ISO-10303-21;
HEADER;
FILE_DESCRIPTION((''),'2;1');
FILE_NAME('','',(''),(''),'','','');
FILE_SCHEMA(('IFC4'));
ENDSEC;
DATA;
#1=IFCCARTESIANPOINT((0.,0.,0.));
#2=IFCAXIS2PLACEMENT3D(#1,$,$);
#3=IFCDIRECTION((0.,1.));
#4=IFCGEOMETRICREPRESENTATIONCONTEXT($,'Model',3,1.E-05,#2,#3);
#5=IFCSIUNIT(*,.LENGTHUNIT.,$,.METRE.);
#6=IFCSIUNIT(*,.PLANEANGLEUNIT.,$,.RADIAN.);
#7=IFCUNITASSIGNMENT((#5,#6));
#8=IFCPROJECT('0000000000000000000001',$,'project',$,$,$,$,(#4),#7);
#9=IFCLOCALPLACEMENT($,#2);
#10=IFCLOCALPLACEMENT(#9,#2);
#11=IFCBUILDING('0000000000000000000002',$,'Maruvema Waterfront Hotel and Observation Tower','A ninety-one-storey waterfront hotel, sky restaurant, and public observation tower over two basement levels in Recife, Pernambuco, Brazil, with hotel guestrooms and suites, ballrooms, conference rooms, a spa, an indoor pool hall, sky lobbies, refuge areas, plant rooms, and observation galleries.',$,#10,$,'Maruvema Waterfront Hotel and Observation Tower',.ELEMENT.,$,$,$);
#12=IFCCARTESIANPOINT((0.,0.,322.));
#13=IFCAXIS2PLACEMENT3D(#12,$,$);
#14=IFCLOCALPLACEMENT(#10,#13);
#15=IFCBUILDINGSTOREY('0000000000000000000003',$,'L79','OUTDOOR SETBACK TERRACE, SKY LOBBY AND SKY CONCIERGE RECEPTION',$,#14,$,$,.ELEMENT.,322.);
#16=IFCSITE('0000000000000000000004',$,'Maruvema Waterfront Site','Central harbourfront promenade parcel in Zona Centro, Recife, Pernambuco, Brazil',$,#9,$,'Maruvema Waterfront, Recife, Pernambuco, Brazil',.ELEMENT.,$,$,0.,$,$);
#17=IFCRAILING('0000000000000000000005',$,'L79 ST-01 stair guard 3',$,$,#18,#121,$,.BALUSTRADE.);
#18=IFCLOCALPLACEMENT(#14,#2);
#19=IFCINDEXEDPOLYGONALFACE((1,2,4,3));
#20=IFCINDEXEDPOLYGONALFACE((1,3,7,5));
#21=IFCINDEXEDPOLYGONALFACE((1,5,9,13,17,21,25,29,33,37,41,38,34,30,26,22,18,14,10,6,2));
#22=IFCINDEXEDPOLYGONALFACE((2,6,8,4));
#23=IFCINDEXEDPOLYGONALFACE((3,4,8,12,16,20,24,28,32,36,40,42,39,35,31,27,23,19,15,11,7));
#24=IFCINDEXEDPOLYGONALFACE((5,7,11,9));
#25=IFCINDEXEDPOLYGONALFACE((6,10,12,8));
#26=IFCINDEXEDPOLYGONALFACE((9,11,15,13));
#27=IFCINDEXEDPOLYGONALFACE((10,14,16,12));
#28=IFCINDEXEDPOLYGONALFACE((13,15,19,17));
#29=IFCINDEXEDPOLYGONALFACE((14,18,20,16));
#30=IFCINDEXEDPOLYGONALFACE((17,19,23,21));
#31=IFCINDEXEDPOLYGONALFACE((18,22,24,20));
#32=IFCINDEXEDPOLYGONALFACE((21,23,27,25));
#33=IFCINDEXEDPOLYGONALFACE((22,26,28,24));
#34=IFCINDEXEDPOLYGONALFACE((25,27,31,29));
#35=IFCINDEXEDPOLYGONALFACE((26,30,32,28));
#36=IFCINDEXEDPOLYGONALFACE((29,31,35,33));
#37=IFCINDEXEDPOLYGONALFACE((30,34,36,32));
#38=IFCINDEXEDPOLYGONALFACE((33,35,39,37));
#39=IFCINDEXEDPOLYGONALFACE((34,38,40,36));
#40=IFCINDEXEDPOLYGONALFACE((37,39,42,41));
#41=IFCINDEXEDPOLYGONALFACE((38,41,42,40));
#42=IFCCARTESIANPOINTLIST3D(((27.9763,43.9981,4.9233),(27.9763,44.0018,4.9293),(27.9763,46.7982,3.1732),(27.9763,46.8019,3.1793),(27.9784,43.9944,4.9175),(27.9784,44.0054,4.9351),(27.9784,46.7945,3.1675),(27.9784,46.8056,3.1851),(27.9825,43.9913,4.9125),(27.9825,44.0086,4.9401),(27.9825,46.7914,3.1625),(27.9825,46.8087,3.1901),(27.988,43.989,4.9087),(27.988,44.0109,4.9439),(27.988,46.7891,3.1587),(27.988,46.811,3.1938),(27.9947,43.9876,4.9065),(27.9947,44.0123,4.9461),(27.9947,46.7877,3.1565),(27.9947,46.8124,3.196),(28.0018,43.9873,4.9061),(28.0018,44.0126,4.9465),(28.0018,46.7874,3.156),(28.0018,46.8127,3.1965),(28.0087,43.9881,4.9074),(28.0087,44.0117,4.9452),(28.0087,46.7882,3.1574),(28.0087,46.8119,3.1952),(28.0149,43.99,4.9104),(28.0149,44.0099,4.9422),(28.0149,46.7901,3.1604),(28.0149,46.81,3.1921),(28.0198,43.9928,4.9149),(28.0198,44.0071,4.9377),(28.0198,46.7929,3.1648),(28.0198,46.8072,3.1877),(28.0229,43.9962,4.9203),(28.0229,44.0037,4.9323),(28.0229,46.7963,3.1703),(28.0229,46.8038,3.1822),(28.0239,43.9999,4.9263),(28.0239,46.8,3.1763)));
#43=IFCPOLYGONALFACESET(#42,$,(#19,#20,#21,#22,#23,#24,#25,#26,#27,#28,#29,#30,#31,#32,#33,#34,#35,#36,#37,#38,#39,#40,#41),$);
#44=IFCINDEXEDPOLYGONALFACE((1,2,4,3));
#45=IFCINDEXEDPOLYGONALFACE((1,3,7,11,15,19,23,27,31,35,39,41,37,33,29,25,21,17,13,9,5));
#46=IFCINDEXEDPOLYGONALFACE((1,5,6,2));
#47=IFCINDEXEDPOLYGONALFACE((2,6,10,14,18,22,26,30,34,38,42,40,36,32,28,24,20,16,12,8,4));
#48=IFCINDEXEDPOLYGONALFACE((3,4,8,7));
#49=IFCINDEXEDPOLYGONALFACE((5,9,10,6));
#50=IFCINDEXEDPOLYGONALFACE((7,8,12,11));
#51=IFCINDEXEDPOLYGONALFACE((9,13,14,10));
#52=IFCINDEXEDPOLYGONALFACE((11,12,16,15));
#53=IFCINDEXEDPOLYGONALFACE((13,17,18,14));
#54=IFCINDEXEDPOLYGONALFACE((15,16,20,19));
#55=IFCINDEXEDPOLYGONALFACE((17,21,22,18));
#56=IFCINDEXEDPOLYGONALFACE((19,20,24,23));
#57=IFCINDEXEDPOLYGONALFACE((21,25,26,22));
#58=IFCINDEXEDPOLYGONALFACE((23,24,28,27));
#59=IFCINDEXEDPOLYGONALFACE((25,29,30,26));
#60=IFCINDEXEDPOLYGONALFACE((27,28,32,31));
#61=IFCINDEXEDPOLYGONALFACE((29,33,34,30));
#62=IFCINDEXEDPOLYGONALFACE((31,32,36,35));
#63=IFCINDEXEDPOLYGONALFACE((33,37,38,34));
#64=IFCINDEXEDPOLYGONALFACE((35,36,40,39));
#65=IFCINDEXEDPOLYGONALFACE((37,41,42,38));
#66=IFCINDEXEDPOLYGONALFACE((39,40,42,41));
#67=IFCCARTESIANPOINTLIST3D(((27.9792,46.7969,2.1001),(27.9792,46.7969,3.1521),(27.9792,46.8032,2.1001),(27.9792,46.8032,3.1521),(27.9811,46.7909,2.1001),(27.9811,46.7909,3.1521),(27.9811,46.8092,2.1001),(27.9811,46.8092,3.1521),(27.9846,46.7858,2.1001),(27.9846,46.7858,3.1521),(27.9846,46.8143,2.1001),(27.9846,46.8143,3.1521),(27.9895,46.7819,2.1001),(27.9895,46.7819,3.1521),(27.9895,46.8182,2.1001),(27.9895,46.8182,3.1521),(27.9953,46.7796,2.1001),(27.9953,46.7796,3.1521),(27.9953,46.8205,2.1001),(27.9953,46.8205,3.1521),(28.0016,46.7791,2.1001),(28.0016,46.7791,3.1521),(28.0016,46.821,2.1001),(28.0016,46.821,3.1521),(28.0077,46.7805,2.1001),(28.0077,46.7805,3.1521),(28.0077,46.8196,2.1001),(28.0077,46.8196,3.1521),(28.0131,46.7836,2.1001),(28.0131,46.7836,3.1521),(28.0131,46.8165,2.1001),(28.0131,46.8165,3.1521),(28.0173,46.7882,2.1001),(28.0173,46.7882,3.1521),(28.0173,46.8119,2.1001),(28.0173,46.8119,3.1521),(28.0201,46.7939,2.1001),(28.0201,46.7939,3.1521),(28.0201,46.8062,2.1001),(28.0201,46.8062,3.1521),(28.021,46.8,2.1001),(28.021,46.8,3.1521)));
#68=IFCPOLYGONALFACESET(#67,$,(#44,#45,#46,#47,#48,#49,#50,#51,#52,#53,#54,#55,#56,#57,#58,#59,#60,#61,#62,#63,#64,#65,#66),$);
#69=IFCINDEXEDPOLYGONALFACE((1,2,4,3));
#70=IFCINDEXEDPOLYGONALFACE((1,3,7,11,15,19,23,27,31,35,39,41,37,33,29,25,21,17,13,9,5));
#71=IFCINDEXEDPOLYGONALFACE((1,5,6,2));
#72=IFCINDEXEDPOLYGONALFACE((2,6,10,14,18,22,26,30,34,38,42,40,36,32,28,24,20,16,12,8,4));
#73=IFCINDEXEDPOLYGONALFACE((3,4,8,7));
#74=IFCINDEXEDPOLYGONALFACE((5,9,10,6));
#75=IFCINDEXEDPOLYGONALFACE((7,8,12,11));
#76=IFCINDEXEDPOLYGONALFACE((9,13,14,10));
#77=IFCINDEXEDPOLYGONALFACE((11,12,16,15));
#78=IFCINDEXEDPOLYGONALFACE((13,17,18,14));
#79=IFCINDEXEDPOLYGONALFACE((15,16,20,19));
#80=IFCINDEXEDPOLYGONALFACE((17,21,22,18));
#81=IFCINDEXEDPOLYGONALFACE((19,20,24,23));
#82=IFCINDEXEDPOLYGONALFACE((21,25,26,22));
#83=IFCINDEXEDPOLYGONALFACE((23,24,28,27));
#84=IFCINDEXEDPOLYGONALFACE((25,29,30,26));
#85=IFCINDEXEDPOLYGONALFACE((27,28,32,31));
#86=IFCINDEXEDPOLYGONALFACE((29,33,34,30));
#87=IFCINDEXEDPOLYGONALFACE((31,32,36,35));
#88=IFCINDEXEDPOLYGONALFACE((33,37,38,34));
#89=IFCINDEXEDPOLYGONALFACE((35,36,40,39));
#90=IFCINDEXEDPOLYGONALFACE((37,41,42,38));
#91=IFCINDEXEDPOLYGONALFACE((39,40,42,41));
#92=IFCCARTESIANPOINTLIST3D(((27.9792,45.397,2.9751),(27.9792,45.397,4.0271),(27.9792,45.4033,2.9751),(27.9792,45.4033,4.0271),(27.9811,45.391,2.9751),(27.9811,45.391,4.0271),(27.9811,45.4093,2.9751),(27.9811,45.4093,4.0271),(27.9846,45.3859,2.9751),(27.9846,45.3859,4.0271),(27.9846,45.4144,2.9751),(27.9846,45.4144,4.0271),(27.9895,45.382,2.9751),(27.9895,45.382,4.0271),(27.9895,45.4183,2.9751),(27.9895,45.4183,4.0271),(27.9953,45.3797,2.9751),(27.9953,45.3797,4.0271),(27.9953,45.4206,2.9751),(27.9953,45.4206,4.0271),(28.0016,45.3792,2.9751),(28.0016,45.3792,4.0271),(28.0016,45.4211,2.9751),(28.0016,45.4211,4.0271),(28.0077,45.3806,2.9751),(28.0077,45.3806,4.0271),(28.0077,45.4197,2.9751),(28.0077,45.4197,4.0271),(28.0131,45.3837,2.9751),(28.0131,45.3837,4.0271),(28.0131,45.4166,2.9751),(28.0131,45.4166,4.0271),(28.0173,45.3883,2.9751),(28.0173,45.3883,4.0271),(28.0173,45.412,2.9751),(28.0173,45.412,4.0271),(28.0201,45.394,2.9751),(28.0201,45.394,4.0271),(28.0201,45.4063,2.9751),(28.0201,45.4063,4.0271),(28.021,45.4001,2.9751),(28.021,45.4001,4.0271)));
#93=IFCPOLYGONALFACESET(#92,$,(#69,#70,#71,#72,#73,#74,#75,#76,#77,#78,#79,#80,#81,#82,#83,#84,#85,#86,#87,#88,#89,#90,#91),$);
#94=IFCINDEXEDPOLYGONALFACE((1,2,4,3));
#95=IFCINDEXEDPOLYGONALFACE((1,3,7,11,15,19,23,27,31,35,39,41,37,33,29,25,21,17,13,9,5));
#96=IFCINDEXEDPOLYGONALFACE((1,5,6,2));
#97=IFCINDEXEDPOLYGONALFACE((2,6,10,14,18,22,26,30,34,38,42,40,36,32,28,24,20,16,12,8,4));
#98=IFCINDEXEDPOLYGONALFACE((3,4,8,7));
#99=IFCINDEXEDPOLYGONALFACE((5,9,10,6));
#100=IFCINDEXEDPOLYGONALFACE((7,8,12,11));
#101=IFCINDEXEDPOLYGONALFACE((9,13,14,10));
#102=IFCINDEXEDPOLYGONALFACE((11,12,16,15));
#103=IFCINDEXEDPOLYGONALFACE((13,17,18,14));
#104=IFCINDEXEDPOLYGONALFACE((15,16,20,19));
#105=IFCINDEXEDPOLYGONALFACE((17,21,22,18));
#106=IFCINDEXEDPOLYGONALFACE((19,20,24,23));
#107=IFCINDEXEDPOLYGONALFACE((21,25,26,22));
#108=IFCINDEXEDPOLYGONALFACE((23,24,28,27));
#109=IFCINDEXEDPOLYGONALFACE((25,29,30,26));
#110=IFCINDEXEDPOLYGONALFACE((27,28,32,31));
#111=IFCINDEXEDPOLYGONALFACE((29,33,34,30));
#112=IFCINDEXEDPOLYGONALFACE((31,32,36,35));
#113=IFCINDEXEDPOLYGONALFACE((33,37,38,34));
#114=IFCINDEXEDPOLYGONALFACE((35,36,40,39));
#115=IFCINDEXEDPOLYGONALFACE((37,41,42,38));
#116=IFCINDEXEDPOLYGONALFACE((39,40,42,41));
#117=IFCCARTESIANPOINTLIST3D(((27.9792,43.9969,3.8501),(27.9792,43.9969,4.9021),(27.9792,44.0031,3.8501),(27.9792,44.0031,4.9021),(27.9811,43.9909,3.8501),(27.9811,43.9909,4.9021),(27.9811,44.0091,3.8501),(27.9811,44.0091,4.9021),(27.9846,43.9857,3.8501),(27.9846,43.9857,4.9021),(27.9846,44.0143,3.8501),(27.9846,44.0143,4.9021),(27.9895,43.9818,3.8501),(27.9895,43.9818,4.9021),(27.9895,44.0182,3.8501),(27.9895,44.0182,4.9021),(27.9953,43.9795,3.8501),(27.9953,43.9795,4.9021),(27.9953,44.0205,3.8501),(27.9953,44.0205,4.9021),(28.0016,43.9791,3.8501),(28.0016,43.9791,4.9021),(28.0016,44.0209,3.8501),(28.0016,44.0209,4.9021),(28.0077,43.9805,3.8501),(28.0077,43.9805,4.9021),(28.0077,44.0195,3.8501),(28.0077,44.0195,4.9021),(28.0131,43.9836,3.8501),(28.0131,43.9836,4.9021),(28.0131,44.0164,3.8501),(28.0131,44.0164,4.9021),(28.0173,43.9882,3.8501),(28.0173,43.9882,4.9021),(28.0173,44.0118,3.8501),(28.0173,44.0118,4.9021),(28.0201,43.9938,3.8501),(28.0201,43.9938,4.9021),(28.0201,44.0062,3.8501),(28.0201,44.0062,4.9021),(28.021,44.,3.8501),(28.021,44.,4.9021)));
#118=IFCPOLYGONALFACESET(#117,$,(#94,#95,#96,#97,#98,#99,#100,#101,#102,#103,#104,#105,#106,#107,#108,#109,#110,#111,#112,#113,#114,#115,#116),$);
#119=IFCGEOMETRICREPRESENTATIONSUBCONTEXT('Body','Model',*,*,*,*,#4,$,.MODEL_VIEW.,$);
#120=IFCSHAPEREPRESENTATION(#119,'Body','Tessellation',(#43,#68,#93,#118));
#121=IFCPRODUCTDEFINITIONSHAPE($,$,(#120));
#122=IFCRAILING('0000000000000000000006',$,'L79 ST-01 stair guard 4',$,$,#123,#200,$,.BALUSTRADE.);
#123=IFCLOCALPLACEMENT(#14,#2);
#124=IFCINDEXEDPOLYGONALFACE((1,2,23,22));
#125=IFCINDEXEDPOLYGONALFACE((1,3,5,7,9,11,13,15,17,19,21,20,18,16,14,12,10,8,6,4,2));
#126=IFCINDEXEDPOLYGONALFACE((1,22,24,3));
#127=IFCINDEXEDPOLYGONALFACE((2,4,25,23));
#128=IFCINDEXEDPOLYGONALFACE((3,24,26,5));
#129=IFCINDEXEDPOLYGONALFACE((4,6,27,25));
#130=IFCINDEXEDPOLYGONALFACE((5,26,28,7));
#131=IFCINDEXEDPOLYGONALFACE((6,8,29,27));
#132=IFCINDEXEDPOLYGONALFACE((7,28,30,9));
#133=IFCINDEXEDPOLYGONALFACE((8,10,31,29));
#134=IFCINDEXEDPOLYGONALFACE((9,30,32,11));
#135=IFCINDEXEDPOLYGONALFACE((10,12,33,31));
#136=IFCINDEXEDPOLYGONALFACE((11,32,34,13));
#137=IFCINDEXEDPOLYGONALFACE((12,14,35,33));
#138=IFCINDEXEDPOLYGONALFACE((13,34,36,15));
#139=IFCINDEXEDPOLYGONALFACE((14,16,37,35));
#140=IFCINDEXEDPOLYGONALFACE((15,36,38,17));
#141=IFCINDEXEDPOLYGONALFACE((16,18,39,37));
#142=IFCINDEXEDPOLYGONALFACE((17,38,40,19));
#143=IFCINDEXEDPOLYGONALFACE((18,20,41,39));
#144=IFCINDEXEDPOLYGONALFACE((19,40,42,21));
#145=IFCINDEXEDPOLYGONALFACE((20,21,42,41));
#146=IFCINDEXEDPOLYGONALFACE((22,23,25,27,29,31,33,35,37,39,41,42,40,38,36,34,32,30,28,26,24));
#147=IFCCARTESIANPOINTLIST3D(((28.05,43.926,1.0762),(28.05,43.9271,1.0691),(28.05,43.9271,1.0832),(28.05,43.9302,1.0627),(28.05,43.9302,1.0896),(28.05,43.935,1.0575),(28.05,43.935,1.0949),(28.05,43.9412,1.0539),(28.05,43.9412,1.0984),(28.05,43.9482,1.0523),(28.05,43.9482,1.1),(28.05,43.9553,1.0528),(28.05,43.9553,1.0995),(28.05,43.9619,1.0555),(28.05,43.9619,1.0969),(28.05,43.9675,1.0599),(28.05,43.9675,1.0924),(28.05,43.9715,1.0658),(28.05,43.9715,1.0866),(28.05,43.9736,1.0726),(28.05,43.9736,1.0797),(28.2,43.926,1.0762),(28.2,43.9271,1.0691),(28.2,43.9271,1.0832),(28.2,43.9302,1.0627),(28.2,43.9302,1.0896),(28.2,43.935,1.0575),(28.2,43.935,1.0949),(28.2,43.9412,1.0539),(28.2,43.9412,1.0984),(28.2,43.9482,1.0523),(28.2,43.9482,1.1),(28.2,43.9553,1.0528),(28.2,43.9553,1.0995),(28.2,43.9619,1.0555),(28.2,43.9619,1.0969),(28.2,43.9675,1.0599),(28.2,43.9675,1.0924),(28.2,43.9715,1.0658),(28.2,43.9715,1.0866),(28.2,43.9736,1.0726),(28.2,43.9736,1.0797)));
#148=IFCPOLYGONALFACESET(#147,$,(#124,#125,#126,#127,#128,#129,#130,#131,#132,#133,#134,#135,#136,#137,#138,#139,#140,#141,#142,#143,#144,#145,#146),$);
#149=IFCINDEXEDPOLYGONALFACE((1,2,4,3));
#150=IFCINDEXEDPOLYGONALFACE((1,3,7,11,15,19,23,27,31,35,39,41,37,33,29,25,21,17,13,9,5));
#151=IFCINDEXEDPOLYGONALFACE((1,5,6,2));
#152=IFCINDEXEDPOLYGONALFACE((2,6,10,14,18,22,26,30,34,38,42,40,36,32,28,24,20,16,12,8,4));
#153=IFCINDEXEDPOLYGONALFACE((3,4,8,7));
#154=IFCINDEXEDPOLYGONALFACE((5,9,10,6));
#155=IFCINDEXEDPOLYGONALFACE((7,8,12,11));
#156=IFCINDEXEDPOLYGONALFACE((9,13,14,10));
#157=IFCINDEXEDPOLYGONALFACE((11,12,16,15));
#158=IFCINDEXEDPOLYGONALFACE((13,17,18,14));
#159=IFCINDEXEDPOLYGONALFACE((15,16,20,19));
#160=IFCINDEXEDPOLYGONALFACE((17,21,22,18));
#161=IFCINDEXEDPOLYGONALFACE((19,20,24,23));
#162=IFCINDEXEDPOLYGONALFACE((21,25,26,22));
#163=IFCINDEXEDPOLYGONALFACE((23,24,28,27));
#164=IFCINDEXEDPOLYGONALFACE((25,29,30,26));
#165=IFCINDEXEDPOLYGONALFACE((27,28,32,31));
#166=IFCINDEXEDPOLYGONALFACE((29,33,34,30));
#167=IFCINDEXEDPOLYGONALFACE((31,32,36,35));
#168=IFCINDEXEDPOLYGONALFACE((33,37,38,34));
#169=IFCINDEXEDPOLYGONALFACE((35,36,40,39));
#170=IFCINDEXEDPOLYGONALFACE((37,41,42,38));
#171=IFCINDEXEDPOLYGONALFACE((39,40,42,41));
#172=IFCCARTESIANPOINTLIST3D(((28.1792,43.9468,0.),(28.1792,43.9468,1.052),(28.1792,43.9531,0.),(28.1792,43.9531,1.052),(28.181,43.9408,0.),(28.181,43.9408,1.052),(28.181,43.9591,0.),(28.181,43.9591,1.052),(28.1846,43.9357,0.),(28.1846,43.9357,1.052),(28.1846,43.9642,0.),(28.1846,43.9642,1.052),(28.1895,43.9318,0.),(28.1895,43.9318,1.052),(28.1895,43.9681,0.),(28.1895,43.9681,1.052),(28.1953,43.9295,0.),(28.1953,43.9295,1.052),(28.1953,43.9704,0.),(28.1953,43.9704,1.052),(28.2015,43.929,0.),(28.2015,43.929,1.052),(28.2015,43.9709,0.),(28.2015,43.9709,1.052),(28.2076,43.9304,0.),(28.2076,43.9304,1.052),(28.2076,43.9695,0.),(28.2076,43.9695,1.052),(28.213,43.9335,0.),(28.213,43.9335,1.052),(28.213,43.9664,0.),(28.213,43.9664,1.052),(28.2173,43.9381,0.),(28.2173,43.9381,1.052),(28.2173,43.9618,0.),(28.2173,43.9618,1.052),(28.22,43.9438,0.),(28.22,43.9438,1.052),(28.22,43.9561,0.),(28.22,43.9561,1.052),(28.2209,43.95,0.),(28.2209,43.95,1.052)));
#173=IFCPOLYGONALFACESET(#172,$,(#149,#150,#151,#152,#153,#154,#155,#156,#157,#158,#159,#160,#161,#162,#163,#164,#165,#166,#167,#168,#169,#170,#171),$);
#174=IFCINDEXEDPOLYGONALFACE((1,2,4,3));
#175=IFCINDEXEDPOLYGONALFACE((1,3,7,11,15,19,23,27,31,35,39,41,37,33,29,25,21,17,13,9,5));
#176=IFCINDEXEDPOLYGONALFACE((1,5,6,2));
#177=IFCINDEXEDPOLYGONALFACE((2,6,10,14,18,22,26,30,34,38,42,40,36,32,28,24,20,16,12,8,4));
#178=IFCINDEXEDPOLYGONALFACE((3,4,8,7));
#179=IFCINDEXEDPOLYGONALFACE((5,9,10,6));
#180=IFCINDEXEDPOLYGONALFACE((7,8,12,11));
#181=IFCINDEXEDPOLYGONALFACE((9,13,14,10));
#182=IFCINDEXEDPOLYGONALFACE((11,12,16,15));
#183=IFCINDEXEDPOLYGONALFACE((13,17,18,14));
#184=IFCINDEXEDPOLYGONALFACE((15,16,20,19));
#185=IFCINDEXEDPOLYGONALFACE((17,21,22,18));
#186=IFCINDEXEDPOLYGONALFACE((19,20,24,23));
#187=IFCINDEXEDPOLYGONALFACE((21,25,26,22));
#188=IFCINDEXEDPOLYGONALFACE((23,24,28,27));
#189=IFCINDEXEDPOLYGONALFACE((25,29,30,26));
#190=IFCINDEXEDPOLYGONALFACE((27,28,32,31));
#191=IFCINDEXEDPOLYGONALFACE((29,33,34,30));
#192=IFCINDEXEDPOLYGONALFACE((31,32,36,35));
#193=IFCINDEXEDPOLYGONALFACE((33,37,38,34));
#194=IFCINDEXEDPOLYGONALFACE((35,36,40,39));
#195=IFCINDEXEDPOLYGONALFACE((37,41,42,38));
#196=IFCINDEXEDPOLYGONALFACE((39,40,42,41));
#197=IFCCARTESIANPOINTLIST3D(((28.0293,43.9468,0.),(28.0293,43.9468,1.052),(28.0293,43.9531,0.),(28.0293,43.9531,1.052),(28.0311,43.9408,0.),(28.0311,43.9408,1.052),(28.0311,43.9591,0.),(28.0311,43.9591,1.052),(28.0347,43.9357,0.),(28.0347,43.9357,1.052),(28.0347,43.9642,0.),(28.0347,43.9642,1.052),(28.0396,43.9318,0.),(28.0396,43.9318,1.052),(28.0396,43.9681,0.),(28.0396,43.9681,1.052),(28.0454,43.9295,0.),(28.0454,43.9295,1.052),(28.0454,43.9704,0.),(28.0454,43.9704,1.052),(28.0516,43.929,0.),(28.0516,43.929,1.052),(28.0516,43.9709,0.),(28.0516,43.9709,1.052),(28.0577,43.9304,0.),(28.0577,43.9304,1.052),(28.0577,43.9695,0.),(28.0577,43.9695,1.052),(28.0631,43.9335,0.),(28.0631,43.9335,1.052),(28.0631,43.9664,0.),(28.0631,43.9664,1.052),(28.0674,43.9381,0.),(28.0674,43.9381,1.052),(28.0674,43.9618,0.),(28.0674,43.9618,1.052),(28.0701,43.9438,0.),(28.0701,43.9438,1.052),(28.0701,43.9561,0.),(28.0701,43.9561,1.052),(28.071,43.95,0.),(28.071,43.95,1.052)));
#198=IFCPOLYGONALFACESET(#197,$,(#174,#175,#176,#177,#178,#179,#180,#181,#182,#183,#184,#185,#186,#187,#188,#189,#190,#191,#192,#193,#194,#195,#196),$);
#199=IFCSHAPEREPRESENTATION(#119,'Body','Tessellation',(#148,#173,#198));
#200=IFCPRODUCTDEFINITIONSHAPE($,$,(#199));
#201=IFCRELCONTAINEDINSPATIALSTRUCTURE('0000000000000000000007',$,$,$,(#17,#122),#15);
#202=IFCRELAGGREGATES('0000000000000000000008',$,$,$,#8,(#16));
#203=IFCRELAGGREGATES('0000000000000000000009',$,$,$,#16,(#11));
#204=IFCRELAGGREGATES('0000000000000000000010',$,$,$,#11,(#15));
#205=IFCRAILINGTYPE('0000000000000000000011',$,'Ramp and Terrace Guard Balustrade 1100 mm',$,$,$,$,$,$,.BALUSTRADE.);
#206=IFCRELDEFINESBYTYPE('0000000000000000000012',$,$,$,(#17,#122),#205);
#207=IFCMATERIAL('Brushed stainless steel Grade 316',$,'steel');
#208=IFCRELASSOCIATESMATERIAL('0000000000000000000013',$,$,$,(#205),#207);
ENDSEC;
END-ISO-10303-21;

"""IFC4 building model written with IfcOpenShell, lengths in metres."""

from ifc_helpers import new_model, si_unit, direction, frame, origin, origin_2d, place, context, subcontext, project, spatial, circle, extrude, material, type_object, element, save


model = new_model("IFC4")

# Units and contexts
model_context = context("Model", 3, precision=1e-05, world=origin(), true_north=direction((0.0, 1.0)))
body_context = subcontext(model_context, "Body", "Model", "MODEL_VIEW")
ifc_project = project(units=[si_unit("LENGTHUNIT", "METRE"), si_unit("PLANEANGLEUNIT", "RADIAN")], contexts=[model_context])

# Site, building, storey
site_placement = place(None, origin())
site = spatial("IfcSite", under=ifc_project, at=site_placement, Name="Maruvema Waterfront Site", Description="Central harbourfront promenade parcel in Zona Centro, Recife, Pernambuco, Brazil", LongName="Maruvema Waterfront, Recife, Pernambuco, Brazil", CompositionType="ELEMENT", RefElevation=0.0)
building_placement = place(site_placement, origin())
building = spatial("IfcBuilding", under=site, at=building_placement, Name="Maruvema Waterfront Hotel and Observation Tower", Description="A ninety-one-storey waterfront hotel, sky restaurant, and public observation tower over two basement levels in Recife, Pernambuco, Brazil, with hotel guestrooms and suites, ballrooms, conference rooms, a spa, an indoor pool hall, sky lobbies, refuge areas, plant rooms, and observation galleries.", LongName="Maruvema Waterfront Hotel and Observation Tower", CompositionType="ELEMENT")
storey_placement = place(building_placement, frame((0.0, 0.0, 322.0)))
storey = spatial("IfcBuildingStorey", under=building, at=storey_placement, Name="L79", Description="OUTDOOR SETBACK TERRACE, SKY LOBBY AND SKY CONCIERGE RECEPTION", CompositionType="ELEMENT", Elevation=322.0)

# Railings
ifc_material_1 = material(Name="Brushed stainless steel Grade 316", Category="steel")
railing_type_1 = type_object("IfcRailingType", Name="Ramp and Terrace Guard Balustrade 1100 mm", PredefinedType="BALUSTRADE", material=ifc_material_1)
railing_1_placement = place(storey_placement, frame((28.0, 46.8, 2.1001)))
element("IfcRailing", 1, at=railing_1_placement, inside=storey, type_object=railing_type_1, Name="L79 ST-01 stair guard 3", PredefinedType="BALUSTRADE", context=body_context, shape_type="SweptSolid", body=[
    extrude(circle(Radius=0.0239, at=origin_2d()), frame((0.0, 0.0, 1.0762), z_axis=(0.0, -0.848002, 0.529992), x_axis=(1.0, 0.0, 0.0)), (0.0, 0.0, 1.0), 3.302),
    extrude(circle(Radius=0.021, at=origin_2d()), origin(), (0.0, 0.0, 1.0), 1.052),
    extrude(circle(Radius=0.021, at=origin_2d()), frame((0.0, -1.3999, 0.875)), (0.0, 0.0, 1.0), 1.052),
    extrude(circle(Radius=0.021, at=origin_2d()), frame((0.0, -2.8, 1.75)), (0.0, 0.0, 1.0), 1.052),
])
railing_2_placement = place(storey_placement, frame((28.2, 43.95, 0.0)))
element("IfcRailing", 2, at=railing_2_placement, inside=storey, type_object=railing_type_1, Name="L79 ST-01 stair guard 4", PredefinedType="BALUSTRADE", context=body_context, shape_type="SweptSolid", body=[
    extrude(circle(Radius=0.0239, at=origin_2d()), frame((0.0, 0.0, 1.0762), z_axis=(-1.0, 0.0, 0.0), x_axis=(0.0, -1.0, 0.0)), (0.0, 0.0, 1.0), 0.1499),
    extrude(circle(Radius=0.021, at=origin_2d()), origin(), (0.0, 0.0, 1.0), 1.052),
    extrude(circle(Radius=0.021, at=origin_2d()), frame((-0.1499, 0.0, 0.0)), (0.0, 0.0, 1.0), 1.052),
])

save(model, "model.ifc")
